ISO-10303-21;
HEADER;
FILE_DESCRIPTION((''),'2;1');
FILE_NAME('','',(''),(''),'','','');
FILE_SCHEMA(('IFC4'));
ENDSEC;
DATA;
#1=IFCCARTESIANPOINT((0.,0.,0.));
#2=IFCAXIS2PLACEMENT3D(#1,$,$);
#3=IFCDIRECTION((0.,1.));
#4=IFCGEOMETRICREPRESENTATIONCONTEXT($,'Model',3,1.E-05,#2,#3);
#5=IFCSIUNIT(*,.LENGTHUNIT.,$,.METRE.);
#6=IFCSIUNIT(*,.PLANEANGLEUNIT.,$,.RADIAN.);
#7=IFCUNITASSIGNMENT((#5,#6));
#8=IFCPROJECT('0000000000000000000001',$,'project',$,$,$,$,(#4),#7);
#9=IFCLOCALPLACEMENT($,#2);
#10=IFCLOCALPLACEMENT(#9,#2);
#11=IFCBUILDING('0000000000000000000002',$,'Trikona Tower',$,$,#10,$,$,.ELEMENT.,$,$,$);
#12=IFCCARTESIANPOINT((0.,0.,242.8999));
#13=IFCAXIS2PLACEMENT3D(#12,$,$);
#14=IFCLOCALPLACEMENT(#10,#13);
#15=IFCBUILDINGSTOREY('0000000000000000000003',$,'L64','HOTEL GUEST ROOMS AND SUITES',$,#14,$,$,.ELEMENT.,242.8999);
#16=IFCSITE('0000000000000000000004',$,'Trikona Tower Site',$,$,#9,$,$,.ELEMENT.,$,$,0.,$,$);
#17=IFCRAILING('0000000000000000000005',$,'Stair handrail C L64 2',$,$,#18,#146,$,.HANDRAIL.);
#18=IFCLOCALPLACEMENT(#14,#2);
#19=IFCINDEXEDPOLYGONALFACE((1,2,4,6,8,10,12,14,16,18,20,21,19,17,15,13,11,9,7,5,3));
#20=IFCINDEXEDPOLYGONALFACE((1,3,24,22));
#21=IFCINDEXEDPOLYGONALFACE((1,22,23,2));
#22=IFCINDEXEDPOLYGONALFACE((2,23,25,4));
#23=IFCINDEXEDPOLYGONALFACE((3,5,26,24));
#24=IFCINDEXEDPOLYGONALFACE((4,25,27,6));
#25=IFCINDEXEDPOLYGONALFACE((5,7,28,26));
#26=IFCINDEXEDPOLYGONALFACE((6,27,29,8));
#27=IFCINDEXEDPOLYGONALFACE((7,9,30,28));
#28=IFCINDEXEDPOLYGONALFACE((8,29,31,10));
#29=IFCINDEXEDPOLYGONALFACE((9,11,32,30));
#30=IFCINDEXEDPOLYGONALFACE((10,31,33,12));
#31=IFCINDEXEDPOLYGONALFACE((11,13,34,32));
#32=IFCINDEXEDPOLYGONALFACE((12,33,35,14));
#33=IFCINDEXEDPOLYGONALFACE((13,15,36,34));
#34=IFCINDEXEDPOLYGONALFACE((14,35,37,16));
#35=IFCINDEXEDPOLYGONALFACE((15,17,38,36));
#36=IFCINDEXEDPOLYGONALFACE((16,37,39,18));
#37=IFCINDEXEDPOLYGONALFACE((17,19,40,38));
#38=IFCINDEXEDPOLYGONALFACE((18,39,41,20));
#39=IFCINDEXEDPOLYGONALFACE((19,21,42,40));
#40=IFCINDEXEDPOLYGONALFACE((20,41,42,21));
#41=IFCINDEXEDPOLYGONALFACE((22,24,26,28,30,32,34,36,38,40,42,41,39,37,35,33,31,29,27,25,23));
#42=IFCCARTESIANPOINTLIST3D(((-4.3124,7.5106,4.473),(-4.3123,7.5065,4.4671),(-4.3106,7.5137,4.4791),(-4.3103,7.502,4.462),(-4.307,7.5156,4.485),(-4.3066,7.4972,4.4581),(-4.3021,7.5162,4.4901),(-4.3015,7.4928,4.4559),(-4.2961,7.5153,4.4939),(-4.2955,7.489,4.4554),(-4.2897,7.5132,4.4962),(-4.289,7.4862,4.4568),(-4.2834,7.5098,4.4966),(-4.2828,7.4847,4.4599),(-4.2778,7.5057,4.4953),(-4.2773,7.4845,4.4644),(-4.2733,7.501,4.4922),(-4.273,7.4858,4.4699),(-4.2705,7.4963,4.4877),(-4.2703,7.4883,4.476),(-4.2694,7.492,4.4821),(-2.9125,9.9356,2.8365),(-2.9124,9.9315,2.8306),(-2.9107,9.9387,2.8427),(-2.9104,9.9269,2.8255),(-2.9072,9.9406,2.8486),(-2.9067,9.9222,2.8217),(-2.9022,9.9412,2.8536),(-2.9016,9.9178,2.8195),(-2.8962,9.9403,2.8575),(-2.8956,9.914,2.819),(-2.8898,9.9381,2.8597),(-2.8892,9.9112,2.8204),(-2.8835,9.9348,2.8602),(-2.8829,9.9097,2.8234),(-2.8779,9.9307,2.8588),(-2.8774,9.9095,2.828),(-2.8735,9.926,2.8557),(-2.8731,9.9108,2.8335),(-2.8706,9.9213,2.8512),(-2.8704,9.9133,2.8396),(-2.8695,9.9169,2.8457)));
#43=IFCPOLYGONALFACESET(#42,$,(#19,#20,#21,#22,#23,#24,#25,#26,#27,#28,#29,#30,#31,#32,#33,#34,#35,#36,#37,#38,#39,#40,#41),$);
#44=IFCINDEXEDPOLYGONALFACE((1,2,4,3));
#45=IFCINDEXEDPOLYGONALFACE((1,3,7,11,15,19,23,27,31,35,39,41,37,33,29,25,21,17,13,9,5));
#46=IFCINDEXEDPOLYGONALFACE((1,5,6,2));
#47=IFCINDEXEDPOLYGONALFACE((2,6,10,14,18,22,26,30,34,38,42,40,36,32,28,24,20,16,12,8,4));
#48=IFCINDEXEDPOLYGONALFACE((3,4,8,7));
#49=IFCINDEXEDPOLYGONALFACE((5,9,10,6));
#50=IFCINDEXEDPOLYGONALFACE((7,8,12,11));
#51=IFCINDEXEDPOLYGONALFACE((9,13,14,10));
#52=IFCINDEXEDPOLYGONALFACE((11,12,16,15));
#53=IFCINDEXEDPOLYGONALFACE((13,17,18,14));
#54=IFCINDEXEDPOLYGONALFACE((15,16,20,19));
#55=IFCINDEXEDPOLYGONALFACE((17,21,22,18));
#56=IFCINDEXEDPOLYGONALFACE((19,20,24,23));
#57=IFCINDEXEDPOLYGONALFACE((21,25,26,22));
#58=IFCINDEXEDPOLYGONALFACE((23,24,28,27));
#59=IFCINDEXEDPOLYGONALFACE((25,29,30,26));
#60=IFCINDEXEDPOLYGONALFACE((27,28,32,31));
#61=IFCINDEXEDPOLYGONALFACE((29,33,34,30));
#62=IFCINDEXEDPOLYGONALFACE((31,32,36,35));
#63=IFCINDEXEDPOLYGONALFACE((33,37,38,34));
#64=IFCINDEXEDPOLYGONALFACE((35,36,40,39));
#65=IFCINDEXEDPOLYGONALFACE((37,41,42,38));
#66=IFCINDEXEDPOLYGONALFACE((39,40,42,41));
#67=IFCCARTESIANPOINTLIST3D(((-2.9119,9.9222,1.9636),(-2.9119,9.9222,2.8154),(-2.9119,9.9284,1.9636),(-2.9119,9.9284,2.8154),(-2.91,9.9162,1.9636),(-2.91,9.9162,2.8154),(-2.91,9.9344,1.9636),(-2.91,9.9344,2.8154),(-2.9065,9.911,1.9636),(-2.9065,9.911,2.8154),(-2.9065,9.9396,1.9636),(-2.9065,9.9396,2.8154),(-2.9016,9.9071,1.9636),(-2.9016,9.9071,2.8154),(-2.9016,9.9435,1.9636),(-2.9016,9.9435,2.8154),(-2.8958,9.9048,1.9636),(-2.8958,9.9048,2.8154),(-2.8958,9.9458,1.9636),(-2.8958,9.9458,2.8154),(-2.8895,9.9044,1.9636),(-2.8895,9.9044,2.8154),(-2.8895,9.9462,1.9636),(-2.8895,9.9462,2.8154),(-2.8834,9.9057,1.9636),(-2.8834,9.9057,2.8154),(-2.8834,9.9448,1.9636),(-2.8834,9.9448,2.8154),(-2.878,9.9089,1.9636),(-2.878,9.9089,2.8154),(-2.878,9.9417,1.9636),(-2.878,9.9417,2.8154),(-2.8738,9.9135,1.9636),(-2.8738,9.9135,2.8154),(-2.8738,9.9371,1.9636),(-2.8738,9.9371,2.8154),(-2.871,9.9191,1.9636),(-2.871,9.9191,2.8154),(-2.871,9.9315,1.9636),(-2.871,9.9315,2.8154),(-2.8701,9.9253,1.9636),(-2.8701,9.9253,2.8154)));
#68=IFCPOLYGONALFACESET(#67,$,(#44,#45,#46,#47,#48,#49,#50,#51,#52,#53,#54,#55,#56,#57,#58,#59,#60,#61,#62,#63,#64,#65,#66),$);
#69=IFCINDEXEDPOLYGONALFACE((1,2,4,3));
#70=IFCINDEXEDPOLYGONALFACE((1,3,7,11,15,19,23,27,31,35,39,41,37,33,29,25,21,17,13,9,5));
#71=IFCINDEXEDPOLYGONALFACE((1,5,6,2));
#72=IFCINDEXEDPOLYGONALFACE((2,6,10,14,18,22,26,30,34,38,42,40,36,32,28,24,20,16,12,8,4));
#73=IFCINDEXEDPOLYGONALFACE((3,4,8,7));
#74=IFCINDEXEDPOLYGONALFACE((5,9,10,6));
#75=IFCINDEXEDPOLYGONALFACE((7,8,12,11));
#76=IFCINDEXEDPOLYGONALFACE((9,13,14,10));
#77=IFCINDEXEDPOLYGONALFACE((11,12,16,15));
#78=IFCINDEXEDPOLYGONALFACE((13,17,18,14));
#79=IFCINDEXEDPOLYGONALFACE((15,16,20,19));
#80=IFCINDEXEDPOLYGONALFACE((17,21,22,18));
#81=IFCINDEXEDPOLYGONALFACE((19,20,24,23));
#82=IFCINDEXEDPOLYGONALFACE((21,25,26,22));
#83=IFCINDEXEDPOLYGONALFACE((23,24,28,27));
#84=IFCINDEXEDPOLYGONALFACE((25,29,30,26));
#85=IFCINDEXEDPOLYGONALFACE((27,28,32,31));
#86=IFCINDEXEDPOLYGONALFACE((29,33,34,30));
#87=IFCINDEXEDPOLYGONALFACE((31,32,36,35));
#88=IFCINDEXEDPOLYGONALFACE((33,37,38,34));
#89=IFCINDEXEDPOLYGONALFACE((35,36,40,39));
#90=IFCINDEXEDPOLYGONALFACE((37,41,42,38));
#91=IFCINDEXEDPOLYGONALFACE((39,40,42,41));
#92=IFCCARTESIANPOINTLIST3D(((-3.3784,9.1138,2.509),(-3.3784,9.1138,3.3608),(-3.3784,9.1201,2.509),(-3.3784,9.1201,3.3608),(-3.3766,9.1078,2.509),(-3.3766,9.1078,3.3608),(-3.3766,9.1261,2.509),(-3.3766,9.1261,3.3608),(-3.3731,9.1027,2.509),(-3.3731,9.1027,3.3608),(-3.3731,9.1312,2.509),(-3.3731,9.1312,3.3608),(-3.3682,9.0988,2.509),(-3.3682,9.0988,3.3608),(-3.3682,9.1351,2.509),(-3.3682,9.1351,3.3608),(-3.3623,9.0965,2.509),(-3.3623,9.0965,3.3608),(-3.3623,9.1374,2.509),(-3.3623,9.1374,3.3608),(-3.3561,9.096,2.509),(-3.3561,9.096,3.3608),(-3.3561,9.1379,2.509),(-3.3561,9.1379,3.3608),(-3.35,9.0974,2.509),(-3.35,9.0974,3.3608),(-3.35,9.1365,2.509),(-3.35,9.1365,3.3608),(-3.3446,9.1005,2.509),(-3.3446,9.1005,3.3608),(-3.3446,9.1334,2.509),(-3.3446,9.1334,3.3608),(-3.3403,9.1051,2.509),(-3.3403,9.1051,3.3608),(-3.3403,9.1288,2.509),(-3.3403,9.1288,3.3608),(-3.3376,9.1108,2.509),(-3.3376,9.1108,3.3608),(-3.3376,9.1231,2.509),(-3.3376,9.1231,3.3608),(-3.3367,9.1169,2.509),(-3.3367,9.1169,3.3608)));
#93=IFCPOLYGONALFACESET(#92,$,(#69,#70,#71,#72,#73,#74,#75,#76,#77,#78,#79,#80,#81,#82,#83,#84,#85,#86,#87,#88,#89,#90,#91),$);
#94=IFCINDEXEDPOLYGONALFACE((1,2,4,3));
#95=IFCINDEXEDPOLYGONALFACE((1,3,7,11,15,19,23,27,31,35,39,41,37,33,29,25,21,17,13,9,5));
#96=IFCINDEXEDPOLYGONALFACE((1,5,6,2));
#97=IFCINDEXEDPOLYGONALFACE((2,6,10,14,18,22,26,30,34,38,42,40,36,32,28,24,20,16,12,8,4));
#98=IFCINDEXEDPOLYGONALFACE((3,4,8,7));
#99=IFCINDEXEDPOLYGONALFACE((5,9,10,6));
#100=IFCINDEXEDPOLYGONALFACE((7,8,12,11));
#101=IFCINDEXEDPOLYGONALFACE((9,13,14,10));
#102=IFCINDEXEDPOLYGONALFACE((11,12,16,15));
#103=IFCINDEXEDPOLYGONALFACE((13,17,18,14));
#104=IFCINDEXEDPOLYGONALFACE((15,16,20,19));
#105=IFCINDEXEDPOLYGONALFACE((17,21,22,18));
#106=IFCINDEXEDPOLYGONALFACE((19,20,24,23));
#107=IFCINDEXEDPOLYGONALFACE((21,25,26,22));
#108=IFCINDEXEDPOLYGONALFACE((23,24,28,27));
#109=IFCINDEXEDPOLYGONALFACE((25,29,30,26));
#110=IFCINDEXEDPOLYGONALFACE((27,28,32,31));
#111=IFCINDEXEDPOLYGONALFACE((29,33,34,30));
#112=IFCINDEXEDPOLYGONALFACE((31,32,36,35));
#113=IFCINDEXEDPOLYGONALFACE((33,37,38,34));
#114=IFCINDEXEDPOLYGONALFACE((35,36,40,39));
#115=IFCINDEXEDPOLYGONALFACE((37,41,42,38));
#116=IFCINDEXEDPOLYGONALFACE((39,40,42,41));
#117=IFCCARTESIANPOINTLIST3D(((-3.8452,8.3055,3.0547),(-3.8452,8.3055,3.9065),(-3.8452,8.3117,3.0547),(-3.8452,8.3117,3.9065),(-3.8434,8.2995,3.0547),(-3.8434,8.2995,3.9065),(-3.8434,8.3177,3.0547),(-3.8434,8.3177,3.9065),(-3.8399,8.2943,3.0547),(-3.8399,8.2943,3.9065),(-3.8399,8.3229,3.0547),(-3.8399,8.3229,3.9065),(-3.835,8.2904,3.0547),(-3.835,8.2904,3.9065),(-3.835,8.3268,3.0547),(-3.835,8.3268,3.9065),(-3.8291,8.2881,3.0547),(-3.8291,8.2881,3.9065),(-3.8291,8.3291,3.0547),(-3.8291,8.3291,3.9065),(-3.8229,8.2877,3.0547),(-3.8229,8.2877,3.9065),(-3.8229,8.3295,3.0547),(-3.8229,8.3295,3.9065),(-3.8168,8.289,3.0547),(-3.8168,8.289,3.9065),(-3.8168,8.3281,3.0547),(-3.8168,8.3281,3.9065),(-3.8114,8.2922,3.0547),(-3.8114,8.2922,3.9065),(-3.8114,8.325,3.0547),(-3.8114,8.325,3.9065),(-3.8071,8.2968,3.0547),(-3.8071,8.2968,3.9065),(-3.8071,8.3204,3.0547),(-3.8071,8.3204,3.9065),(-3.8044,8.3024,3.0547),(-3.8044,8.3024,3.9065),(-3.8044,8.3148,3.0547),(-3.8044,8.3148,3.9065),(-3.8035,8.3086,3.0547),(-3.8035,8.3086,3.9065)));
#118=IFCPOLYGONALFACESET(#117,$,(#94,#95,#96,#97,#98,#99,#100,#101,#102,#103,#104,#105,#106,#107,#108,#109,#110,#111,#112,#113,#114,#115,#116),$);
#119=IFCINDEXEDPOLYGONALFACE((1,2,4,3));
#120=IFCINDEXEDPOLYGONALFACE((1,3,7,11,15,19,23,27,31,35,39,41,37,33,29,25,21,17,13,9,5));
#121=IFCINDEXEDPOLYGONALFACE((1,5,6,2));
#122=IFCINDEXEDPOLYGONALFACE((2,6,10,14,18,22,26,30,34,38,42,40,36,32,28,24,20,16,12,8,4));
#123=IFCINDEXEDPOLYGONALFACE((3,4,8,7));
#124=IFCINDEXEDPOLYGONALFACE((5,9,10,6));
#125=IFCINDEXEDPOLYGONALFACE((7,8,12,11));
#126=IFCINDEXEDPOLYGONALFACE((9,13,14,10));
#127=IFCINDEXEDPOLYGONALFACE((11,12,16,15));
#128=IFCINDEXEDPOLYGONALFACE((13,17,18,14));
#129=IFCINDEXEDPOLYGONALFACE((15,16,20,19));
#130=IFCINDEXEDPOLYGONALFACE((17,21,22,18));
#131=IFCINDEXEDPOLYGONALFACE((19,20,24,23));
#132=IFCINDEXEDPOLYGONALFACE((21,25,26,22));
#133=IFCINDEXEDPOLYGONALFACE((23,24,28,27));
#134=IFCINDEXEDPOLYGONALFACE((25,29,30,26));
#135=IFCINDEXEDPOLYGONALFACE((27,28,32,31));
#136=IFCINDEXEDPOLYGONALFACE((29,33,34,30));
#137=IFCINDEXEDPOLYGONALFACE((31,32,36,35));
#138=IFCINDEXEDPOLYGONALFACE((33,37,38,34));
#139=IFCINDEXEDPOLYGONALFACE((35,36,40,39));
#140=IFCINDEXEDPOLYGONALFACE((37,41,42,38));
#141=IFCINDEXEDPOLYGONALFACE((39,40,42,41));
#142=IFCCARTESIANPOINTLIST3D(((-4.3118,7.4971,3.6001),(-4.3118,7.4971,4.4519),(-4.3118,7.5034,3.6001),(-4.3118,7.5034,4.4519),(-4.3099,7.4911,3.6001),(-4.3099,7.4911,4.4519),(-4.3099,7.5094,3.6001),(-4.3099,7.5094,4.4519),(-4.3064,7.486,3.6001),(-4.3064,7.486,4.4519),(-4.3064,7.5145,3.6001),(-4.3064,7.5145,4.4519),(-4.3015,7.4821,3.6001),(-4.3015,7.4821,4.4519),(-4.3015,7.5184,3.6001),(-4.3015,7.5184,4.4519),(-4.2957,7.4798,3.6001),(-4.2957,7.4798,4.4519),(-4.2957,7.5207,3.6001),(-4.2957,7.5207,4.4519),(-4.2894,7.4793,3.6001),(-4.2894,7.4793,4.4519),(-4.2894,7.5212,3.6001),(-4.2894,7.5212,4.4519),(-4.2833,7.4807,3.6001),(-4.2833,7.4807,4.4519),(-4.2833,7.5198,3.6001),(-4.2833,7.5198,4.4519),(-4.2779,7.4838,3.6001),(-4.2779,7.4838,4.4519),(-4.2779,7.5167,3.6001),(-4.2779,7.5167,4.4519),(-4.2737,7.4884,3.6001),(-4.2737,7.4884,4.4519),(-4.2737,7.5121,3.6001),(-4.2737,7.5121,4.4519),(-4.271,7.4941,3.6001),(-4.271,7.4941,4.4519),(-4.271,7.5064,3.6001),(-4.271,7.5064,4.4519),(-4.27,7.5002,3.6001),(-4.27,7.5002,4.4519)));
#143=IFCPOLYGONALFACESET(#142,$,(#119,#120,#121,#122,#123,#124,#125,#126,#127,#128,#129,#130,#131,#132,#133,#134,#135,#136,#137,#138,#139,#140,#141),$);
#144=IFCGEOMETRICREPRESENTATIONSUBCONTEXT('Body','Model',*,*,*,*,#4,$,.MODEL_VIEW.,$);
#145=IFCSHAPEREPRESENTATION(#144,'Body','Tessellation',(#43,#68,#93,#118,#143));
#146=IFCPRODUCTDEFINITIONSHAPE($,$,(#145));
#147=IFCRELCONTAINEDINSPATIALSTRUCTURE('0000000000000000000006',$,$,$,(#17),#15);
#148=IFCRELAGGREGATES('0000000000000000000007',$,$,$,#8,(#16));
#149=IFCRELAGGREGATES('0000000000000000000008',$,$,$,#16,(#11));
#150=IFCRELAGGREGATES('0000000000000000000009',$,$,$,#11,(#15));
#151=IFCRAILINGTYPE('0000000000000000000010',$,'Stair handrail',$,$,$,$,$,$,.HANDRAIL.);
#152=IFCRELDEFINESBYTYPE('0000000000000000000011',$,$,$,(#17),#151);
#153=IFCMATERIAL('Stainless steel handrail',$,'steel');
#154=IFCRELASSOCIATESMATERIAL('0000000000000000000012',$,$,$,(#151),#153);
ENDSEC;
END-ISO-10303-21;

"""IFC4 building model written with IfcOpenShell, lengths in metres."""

from ifc_helpers import new_model, si_unit, direction, frame, origin, origin_2d, place, context, subcontext, project, spatial, circle, extrude, material, type_object, element, save


model = new_model("IFC4")

# Units and contexts
model_context = context("Model", 3, precision=1e-05, world=origin(), true_north=direction((0.0, 1.0)))
body_context = subcontext(model_context, "Body", "Model", "MODEL_VIEW")
ifc_project = project(units=[si_unit("LENGTHUNIT", "METRE"), si_unit("PLANEANGLEUNIT", "RADIAN")], contexts=[model_context])

# Site, building, storey
site_placement = place(None, origin())
site = spatial("IfcSite", under=ifc_project, at=site_placement, Name="Trikona Tower Site", CompositionType="ELEMENT", RefElevation=0.0)
building_placement = place(site_placement, origin())
building = spatial("IfcBuilding", under=site, at=building_placement, Name="Trikona Tower", CompositionType="ELEMENT")
storey_placement = place(building_placement, frame((0.0, 0.0, 242.8999)))
storey = spatial("IfcBuildingStorey", under=building, at=storey_placement, Name="L64", Description="HOTEL GUEST ROOMS AND SUITES", CompositionType="ELEMENT", Elevation=242.8999)

# Railing
ifc_material_1 = material(Name="Stainless steel handrail", Category="steel")
railing_type = type_object("IfcRailingType", Name="Stair handrail", PredefinedType="HANDRAIL", material=ifc_material_1)
railing_1_placement = place(storey_placement, frame((-2.8911, 9.9253, 1.9636)))
element("IfcRailing", 1, at=railing_1_placement, inside=storey, type_object=railing_type, Name="Stair handrail C L64 2", PredefinedType="HANDRAIL", context=body_context, shape_type="SweptSolid", body=[
    extrude(circle(Radius=0.0239, at=origin_2d()), frame((0.0, 0.0, 0.876), z_axis=(-0.431636, -0.747723, 0.504579), x_axis=(0.866056, -0.499946, 0.0)), (0.0, 0.0, 1.0), 3.2432),
    extrude(circle(Radius=0.021, at=origin_2d()), origin(), (0.0, 0.0, 1.0), 0.8518),
    extrude(circle(Radius=0.021, at=origin_2d()), frame((-0.4666, -0.8083, 0.5454)), (0.0, 0.0, 1.0), 0.8518),
    extrude(circle(Radius=0.021, at=origin_2d()), frame((-0.9333, -1.6167, 1.0911)), (0.0, 0.0, 1.0), 0.8518),
    extrude(circle(Radius=0.021, at=origin_2d()), frame((-1.3999, -2.425, 1.6365)), (0.0, 0.0, 1.0), 0.8518),
])

save(model, "model.ifc")
